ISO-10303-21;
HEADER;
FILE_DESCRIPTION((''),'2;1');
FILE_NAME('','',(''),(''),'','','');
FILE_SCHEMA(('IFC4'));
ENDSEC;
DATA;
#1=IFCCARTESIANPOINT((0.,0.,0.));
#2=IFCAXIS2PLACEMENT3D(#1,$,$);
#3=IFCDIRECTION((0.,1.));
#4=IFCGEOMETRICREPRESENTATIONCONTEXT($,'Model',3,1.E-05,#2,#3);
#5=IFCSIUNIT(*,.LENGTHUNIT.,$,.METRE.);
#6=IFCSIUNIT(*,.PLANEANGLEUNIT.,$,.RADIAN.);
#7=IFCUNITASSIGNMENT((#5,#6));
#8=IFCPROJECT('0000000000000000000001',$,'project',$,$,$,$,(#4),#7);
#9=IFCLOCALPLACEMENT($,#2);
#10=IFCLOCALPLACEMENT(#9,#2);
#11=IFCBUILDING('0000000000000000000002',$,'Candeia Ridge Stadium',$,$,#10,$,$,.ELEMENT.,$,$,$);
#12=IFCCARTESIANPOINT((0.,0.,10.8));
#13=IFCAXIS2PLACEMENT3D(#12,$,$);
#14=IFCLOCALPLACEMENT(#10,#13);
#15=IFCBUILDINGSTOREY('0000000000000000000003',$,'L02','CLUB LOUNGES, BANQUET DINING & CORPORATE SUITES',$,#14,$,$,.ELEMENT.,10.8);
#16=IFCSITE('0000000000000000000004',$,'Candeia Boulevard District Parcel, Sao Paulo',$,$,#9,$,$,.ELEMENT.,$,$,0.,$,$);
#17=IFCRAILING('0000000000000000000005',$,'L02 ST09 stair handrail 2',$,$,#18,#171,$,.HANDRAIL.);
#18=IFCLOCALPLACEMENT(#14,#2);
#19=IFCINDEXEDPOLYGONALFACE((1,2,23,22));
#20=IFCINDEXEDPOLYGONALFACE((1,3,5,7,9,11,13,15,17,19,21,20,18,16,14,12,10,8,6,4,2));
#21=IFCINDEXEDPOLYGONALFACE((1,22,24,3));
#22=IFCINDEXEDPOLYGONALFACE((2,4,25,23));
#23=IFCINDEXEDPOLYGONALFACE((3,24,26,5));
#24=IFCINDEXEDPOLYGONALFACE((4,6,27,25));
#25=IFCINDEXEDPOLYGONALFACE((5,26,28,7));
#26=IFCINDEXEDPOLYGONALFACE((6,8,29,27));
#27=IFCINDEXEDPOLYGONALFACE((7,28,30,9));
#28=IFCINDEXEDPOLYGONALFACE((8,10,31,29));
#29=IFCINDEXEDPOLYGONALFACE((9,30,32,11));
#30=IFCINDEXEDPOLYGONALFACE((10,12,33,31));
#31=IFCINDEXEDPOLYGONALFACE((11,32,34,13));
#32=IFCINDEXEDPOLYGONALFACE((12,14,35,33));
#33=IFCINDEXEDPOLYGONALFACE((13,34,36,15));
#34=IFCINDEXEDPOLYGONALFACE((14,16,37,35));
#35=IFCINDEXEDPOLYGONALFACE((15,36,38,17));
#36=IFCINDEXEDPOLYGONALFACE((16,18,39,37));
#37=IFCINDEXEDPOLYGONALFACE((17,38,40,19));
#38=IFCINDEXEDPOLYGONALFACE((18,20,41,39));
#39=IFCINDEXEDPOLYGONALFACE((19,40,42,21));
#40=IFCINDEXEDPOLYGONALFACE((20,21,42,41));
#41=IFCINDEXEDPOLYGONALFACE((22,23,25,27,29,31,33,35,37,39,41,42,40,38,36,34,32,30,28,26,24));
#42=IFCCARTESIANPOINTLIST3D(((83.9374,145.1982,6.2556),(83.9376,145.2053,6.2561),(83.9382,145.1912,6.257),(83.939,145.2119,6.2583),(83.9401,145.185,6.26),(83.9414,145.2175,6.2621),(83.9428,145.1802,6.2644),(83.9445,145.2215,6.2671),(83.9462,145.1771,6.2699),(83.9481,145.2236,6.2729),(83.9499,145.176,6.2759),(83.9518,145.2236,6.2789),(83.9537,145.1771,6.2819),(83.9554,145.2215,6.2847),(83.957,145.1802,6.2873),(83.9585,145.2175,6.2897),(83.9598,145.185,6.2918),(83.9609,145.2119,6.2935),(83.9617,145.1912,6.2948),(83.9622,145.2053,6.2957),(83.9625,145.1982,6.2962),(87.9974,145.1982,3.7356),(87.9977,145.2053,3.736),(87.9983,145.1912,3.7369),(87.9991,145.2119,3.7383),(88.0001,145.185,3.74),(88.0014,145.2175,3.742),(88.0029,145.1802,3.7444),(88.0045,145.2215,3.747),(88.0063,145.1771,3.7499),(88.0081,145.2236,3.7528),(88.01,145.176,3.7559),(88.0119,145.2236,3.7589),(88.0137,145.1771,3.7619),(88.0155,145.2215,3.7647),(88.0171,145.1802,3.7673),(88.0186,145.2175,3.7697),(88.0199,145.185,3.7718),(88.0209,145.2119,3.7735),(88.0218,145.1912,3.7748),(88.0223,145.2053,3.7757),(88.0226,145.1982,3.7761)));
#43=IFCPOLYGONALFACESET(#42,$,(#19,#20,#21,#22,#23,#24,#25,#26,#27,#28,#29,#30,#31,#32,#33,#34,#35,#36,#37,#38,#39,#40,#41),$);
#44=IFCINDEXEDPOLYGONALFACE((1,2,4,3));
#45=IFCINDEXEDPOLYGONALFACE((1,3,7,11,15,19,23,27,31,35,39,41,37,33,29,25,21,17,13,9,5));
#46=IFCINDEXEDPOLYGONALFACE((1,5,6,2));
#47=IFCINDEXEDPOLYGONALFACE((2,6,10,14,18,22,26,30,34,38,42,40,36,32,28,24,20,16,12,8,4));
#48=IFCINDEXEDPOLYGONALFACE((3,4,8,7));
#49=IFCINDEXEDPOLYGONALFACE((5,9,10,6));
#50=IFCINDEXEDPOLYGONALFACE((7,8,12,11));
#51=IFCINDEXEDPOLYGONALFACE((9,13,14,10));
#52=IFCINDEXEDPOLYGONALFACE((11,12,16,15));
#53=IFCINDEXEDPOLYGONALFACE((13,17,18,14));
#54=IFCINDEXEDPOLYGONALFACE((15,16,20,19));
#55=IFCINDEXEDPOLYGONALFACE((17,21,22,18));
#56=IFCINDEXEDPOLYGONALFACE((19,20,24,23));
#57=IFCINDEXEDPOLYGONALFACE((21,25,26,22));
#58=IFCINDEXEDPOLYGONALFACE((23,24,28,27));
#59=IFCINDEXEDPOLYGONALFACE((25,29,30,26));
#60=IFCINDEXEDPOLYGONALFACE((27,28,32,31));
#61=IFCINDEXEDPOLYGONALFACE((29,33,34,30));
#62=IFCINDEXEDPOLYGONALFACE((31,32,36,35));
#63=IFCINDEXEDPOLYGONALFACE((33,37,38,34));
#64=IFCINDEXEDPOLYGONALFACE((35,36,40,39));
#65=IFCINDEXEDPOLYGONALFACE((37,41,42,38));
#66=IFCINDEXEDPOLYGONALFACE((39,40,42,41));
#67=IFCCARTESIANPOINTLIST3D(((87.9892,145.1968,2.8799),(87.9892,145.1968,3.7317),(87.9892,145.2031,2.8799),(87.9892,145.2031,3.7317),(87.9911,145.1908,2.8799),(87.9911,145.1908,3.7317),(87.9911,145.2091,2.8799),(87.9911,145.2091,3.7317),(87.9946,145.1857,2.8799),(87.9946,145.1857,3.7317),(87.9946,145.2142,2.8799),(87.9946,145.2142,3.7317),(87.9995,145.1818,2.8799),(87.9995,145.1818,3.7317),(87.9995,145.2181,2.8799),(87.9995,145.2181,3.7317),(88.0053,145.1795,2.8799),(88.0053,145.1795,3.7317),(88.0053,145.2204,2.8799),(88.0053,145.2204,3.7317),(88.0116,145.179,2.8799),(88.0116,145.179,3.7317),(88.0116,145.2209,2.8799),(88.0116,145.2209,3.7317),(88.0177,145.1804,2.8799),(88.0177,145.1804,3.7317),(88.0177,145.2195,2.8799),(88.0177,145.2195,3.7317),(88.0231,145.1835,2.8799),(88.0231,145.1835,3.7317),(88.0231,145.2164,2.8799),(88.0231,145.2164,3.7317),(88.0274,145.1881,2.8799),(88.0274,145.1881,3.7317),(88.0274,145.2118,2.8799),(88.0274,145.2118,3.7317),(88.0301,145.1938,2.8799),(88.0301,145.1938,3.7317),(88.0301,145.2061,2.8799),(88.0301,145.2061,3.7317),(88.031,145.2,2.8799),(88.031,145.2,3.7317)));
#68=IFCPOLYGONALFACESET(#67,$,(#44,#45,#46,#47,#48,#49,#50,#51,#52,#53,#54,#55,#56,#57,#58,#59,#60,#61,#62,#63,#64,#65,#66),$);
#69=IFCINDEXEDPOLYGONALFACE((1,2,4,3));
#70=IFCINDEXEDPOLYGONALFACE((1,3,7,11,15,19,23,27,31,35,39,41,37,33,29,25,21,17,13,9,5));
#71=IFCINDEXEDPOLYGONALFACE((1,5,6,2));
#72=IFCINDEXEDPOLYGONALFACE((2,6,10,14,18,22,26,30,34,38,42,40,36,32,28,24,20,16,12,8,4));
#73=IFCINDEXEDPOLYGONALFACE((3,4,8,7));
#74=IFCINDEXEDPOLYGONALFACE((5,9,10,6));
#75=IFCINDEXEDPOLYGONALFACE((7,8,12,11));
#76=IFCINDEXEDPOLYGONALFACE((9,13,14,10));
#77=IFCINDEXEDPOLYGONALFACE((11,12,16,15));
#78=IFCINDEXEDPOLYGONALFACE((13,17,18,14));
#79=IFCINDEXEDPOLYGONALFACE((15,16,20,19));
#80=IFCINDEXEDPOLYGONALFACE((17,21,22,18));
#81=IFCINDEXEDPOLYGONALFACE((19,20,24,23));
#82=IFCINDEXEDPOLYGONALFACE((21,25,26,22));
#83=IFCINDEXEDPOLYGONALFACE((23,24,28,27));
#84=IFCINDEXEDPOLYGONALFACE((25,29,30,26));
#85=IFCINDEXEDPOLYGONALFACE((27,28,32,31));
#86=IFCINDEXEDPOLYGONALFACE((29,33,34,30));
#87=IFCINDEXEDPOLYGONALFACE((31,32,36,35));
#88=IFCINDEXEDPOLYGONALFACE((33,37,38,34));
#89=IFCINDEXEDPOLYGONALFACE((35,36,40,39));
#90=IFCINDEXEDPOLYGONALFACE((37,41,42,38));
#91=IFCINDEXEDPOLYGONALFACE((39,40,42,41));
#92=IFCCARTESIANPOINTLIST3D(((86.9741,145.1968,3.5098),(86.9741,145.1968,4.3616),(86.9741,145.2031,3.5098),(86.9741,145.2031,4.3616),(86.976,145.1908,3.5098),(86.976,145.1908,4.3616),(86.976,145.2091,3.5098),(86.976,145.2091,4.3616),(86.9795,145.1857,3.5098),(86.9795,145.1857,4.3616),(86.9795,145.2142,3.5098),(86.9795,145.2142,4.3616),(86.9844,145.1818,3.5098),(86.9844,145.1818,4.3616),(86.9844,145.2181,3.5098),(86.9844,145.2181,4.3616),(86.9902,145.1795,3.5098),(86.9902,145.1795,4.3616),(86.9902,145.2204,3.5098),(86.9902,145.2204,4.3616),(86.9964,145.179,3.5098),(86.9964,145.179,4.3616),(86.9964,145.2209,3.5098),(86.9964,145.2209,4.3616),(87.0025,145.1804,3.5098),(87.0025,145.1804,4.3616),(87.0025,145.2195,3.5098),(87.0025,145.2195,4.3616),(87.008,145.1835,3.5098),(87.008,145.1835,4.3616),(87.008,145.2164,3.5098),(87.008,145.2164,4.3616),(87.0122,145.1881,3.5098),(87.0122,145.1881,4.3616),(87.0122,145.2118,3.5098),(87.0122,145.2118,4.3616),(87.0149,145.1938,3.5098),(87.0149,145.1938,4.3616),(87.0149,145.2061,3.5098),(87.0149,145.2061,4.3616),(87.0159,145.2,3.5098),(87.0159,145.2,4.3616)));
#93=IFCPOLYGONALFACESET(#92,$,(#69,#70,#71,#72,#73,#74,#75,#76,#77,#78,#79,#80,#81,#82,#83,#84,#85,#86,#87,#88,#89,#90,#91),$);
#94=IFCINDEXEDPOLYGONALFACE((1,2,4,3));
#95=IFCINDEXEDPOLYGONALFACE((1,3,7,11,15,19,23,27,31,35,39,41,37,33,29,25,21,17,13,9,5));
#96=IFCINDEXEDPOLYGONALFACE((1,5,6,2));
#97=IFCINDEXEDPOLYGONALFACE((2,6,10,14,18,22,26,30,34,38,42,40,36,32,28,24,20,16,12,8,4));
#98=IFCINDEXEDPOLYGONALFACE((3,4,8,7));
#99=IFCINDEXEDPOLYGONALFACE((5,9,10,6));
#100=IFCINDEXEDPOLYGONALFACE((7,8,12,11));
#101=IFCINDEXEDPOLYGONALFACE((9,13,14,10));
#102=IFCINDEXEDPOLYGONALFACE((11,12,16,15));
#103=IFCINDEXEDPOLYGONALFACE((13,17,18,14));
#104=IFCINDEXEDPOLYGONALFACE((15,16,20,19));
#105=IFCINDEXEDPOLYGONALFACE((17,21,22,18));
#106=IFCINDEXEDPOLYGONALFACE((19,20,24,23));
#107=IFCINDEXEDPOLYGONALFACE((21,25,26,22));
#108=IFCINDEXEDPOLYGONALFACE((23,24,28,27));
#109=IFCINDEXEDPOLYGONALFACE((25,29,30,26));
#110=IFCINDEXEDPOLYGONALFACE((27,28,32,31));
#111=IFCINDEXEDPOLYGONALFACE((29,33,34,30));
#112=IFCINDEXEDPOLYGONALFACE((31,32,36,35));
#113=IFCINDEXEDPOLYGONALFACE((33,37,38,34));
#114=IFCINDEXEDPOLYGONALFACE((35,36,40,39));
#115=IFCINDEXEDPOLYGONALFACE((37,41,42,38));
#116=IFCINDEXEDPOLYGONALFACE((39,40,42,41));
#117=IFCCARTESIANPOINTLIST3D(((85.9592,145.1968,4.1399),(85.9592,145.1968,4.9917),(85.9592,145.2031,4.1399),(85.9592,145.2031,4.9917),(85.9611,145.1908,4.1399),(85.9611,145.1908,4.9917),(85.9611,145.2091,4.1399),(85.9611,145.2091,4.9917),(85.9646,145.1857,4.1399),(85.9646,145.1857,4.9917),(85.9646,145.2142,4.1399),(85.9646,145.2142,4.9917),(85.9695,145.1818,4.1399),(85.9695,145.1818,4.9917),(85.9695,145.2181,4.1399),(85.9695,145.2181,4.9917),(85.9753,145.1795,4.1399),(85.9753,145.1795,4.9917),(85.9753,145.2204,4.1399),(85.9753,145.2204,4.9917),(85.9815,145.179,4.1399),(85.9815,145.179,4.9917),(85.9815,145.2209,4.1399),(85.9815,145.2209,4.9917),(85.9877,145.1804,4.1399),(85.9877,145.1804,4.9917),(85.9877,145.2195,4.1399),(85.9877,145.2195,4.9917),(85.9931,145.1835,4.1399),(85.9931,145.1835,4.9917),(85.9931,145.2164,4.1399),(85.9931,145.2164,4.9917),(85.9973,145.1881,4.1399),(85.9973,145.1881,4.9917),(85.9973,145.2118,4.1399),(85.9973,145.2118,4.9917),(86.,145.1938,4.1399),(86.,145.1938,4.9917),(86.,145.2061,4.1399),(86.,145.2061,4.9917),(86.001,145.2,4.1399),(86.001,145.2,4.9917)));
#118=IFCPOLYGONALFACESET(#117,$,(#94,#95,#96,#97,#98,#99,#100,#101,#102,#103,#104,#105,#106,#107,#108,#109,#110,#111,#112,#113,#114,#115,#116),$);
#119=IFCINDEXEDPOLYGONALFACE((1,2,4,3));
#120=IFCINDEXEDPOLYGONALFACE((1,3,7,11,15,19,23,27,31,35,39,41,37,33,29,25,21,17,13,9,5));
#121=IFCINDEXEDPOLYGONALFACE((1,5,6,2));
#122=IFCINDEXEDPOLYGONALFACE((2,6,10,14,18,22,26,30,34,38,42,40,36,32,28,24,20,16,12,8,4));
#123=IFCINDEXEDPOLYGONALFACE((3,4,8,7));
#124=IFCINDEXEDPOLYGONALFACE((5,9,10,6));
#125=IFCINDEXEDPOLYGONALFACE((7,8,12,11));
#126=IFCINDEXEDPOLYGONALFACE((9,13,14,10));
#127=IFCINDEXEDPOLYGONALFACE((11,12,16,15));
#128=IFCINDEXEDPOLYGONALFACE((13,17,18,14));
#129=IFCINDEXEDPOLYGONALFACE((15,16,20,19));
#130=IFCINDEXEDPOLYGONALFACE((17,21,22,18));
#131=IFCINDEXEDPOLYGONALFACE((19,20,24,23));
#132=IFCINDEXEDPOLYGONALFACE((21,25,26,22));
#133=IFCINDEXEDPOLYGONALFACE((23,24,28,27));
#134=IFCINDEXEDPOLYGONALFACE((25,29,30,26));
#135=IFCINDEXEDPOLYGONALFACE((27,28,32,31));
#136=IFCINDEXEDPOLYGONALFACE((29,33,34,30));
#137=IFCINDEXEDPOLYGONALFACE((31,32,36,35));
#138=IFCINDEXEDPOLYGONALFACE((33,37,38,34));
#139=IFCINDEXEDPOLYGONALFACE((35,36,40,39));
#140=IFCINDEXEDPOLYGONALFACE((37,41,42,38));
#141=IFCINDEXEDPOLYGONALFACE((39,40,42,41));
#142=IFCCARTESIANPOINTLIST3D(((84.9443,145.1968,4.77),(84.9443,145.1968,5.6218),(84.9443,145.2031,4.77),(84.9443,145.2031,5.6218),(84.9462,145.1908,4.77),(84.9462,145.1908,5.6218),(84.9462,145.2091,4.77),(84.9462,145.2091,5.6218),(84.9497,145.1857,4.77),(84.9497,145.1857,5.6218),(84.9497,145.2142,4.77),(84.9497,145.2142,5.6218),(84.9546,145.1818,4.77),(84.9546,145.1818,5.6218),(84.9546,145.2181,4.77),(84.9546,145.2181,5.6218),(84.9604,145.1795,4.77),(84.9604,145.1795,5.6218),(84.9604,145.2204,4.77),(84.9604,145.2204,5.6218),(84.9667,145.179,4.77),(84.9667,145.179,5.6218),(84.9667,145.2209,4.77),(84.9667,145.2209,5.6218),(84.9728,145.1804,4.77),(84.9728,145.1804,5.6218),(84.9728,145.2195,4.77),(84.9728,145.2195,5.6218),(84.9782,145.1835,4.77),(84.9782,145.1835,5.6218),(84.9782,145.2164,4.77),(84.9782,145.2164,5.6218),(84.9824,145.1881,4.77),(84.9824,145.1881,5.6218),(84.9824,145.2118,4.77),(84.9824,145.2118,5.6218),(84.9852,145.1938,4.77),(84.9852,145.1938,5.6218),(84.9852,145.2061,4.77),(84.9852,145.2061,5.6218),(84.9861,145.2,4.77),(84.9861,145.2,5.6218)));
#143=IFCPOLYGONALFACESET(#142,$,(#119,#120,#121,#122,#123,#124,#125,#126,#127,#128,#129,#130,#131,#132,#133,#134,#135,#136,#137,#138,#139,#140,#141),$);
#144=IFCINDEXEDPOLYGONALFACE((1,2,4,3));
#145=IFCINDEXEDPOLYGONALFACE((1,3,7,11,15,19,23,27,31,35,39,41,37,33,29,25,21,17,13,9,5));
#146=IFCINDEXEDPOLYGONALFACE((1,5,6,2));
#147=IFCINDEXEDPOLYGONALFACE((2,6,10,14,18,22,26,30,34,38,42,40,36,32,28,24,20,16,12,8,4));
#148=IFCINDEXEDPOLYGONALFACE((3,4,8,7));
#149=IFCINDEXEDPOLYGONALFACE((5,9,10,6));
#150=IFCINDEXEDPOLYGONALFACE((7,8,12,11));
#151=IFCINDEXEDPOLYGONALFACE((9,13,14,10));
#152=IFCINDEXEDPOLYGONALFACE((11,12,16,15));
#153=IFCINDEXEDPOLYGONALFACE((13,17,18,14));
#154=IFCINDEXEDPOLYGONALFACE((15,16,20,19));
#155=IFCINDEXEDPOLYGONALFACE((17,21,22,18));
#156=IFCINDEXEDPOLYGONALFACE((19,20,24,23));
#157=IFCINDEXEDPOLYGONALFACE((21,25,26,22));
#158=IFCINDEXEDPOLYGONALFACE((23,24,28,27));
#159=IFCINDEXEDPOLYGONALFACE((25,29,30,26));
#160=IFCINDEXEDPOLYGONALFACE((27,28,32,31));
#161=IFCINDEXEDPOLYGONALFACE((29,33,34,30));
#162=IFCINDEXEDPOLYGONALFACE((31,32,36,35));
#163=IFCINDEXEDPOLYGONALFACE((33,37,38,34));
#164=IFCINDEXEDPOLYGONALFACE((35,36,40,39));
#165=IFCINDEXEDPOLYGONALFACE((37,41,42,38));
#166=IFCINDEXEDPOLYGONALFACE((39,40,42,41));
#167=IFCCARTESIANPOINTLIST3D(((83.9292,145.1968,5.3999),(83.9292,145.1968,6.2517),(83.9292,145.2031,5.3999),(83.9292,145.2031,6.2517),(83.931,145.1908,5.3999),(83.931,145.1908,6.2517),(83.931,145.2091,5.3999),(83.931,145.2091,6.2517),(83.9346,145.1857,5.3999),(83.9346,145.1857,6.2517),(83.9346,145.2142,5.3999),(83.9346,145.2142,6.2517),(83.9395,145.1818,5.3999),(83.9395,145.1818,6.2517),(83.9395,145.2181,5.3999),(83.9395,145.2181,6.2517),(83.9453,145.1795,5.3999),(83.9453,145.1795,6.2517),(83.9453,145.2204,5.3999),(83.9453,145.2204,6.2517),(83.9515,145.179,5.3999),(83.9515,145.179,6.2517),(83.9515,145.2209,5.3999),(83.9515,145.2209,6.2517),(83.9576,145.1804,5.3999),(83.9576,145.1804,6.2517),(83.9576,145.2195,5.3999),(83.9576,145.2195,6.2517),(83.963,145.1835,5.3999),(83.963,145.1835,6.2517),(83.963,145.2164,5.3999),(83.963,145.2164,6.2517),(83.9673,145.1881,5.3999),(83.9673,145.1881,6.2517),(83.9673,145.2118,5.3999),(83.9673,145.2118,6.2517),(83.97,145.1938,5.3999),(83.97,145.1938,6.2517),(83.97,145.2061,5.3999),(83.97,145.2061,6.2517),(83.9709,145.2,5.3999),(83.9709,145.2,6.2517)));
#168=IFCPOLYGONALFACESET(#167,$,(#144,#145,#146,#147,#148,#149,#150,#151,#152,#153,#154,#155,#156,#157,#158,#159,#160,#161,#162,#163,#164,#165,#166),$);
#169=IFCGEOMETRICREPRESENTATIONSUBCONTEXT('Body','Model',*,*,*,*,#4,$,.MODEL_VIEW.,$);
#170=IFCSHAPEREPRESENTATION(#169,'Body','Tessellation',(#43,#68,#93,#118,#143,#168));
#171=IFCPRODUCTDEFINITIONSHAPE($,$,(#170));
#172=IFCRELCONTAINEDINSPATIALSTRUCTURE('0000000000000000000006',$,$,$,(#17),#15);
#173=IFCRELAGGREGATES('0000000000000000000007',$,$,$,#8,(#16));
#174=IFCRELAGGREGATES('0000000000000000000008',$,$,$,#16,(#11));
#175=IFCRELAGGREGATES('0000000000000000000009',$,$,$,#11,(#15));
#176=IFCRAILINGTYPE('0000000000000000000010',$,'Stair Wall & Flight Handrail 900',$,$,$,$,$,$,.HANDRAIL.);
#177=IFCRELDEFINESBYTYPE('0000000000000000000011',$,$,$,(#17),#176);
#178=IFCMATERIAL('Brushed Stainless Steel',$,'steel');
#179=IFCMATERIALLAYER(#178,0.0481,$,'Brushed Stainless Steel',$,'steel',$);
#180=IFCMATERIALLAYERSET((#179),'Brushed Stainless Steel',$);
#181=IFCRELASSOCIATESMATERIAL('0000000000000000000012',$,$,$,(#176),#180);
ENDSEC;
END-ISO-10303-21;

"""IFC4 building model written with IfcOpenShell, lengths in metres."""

from ifc_helpers import new_model, si_unit, direction, frame, origin, origin_2d, place, context, subcontext, project, spatial, circle, extrude, material, layer, layer_set, type_object, element, save


model = new_model("IFC4")

# Units and contexts
model_context = context("Model", 3, precision=1e-05, world=origin(), true_north=direction((0.0, 1.0)))
body_context = subcontext(model_context, "Body", "Model", "MODEL_VIEW")
ifc_project = project(units=[si_unit("LENGTHUNIT", "METRE"), si_unit("PLANEANGLEUNIT", "RADIAN")], contexts=[model_context])

# Site, building, storey
site_placement = place(None, origin())
site = spatial("IfcSite", under=ifc_project, at=site_placement, Name="Candeia Boulevard District Parcel, Sao Paulo", CompositionType="ELEMENT", RefElevation=0.0)
building_placement = place(site_placement, origin())
building = spatial("IfcBuilding", under=site, at=building_placement, Name="Candeia Ridge Stadium", CompositionType="ELEMENT")
storey_placement = place(building_placement, frame((0.0, 0.0, 10.8)))
storey = spatial("IfcBuildingStorey", under=building, at=storey_placement, Name="L02", Description="CLUB LOUNGES, BANQUET DINING & CORPORATE SUITES", CompositionType="ELEMENT", Elevation=10.8)

# Railing
ifc_material_1 = material(Name="Brushed Stainless Steel", Category="steel")
ifc_layer_1 = layer(ifc_material_1, 0.0481, Name="Brushed Stainless Steel", Category="steel")
ifc_layer_set_1 = layer_set([ifc_layer_1], Name="Brushed Stainless Steel")
railing_type = type_object("IfcRailingType", Name="Stair Wall & Flight Handrail 900", PredefinedType="HANDRAIL", material=ifc_layer_set_1)
for number, where, name in (
    (1, (88.01, 145.2, 2.8799), "L02 ST09 stair handrail 2"),
):
    element("IfcRailing", number, at=place(storey_placement, frame(where)), inside=storey, type_object=railing_type, Name=name, PredefinedType="HANDRAIL", context=body_context, shape_type="SweptSolid", body=[
        extrude(circle(Radius=0.0239, at=origin_2d()), frame((0.0, 0.0, 0.876), z_axis=(-0.849642, 0.0, 0.52736), x_axis=(0.0, -1.0, 0.0)), (0.0, 0.0, 1.0), 4.7786),
        extrude(circle(Radius=0.021, at=origin_2d()), origin(), (0.0, 0.0, 1.0), 0.8518),
        extrude(circle(Radius=0.021, at=origin_2d()), frame((-1.0151, 0.0, 0.6299)), (0.0, 0.0, 1.0), 0.8518),
        extrude(circle(Radius=0.021, at=origin_2d()), frame((-2.03, 0.0, 1.26)), (0.0, 0.0, 1.0), 0.8518),
        extrude(circle(Radius=0.021, at=origin_2d()), frame((-3.0449, 0.0, 1.8901)), (0.0, 0.0, 1.0), 0.8518),
        extrude(circle(Radius=0.021, at=origin_2d()), frame((-4.0601, 0.0, 2.52)), (0.0, 0.0, 1.0), 0.8518),
    ])

save(model, "model.ifc")
